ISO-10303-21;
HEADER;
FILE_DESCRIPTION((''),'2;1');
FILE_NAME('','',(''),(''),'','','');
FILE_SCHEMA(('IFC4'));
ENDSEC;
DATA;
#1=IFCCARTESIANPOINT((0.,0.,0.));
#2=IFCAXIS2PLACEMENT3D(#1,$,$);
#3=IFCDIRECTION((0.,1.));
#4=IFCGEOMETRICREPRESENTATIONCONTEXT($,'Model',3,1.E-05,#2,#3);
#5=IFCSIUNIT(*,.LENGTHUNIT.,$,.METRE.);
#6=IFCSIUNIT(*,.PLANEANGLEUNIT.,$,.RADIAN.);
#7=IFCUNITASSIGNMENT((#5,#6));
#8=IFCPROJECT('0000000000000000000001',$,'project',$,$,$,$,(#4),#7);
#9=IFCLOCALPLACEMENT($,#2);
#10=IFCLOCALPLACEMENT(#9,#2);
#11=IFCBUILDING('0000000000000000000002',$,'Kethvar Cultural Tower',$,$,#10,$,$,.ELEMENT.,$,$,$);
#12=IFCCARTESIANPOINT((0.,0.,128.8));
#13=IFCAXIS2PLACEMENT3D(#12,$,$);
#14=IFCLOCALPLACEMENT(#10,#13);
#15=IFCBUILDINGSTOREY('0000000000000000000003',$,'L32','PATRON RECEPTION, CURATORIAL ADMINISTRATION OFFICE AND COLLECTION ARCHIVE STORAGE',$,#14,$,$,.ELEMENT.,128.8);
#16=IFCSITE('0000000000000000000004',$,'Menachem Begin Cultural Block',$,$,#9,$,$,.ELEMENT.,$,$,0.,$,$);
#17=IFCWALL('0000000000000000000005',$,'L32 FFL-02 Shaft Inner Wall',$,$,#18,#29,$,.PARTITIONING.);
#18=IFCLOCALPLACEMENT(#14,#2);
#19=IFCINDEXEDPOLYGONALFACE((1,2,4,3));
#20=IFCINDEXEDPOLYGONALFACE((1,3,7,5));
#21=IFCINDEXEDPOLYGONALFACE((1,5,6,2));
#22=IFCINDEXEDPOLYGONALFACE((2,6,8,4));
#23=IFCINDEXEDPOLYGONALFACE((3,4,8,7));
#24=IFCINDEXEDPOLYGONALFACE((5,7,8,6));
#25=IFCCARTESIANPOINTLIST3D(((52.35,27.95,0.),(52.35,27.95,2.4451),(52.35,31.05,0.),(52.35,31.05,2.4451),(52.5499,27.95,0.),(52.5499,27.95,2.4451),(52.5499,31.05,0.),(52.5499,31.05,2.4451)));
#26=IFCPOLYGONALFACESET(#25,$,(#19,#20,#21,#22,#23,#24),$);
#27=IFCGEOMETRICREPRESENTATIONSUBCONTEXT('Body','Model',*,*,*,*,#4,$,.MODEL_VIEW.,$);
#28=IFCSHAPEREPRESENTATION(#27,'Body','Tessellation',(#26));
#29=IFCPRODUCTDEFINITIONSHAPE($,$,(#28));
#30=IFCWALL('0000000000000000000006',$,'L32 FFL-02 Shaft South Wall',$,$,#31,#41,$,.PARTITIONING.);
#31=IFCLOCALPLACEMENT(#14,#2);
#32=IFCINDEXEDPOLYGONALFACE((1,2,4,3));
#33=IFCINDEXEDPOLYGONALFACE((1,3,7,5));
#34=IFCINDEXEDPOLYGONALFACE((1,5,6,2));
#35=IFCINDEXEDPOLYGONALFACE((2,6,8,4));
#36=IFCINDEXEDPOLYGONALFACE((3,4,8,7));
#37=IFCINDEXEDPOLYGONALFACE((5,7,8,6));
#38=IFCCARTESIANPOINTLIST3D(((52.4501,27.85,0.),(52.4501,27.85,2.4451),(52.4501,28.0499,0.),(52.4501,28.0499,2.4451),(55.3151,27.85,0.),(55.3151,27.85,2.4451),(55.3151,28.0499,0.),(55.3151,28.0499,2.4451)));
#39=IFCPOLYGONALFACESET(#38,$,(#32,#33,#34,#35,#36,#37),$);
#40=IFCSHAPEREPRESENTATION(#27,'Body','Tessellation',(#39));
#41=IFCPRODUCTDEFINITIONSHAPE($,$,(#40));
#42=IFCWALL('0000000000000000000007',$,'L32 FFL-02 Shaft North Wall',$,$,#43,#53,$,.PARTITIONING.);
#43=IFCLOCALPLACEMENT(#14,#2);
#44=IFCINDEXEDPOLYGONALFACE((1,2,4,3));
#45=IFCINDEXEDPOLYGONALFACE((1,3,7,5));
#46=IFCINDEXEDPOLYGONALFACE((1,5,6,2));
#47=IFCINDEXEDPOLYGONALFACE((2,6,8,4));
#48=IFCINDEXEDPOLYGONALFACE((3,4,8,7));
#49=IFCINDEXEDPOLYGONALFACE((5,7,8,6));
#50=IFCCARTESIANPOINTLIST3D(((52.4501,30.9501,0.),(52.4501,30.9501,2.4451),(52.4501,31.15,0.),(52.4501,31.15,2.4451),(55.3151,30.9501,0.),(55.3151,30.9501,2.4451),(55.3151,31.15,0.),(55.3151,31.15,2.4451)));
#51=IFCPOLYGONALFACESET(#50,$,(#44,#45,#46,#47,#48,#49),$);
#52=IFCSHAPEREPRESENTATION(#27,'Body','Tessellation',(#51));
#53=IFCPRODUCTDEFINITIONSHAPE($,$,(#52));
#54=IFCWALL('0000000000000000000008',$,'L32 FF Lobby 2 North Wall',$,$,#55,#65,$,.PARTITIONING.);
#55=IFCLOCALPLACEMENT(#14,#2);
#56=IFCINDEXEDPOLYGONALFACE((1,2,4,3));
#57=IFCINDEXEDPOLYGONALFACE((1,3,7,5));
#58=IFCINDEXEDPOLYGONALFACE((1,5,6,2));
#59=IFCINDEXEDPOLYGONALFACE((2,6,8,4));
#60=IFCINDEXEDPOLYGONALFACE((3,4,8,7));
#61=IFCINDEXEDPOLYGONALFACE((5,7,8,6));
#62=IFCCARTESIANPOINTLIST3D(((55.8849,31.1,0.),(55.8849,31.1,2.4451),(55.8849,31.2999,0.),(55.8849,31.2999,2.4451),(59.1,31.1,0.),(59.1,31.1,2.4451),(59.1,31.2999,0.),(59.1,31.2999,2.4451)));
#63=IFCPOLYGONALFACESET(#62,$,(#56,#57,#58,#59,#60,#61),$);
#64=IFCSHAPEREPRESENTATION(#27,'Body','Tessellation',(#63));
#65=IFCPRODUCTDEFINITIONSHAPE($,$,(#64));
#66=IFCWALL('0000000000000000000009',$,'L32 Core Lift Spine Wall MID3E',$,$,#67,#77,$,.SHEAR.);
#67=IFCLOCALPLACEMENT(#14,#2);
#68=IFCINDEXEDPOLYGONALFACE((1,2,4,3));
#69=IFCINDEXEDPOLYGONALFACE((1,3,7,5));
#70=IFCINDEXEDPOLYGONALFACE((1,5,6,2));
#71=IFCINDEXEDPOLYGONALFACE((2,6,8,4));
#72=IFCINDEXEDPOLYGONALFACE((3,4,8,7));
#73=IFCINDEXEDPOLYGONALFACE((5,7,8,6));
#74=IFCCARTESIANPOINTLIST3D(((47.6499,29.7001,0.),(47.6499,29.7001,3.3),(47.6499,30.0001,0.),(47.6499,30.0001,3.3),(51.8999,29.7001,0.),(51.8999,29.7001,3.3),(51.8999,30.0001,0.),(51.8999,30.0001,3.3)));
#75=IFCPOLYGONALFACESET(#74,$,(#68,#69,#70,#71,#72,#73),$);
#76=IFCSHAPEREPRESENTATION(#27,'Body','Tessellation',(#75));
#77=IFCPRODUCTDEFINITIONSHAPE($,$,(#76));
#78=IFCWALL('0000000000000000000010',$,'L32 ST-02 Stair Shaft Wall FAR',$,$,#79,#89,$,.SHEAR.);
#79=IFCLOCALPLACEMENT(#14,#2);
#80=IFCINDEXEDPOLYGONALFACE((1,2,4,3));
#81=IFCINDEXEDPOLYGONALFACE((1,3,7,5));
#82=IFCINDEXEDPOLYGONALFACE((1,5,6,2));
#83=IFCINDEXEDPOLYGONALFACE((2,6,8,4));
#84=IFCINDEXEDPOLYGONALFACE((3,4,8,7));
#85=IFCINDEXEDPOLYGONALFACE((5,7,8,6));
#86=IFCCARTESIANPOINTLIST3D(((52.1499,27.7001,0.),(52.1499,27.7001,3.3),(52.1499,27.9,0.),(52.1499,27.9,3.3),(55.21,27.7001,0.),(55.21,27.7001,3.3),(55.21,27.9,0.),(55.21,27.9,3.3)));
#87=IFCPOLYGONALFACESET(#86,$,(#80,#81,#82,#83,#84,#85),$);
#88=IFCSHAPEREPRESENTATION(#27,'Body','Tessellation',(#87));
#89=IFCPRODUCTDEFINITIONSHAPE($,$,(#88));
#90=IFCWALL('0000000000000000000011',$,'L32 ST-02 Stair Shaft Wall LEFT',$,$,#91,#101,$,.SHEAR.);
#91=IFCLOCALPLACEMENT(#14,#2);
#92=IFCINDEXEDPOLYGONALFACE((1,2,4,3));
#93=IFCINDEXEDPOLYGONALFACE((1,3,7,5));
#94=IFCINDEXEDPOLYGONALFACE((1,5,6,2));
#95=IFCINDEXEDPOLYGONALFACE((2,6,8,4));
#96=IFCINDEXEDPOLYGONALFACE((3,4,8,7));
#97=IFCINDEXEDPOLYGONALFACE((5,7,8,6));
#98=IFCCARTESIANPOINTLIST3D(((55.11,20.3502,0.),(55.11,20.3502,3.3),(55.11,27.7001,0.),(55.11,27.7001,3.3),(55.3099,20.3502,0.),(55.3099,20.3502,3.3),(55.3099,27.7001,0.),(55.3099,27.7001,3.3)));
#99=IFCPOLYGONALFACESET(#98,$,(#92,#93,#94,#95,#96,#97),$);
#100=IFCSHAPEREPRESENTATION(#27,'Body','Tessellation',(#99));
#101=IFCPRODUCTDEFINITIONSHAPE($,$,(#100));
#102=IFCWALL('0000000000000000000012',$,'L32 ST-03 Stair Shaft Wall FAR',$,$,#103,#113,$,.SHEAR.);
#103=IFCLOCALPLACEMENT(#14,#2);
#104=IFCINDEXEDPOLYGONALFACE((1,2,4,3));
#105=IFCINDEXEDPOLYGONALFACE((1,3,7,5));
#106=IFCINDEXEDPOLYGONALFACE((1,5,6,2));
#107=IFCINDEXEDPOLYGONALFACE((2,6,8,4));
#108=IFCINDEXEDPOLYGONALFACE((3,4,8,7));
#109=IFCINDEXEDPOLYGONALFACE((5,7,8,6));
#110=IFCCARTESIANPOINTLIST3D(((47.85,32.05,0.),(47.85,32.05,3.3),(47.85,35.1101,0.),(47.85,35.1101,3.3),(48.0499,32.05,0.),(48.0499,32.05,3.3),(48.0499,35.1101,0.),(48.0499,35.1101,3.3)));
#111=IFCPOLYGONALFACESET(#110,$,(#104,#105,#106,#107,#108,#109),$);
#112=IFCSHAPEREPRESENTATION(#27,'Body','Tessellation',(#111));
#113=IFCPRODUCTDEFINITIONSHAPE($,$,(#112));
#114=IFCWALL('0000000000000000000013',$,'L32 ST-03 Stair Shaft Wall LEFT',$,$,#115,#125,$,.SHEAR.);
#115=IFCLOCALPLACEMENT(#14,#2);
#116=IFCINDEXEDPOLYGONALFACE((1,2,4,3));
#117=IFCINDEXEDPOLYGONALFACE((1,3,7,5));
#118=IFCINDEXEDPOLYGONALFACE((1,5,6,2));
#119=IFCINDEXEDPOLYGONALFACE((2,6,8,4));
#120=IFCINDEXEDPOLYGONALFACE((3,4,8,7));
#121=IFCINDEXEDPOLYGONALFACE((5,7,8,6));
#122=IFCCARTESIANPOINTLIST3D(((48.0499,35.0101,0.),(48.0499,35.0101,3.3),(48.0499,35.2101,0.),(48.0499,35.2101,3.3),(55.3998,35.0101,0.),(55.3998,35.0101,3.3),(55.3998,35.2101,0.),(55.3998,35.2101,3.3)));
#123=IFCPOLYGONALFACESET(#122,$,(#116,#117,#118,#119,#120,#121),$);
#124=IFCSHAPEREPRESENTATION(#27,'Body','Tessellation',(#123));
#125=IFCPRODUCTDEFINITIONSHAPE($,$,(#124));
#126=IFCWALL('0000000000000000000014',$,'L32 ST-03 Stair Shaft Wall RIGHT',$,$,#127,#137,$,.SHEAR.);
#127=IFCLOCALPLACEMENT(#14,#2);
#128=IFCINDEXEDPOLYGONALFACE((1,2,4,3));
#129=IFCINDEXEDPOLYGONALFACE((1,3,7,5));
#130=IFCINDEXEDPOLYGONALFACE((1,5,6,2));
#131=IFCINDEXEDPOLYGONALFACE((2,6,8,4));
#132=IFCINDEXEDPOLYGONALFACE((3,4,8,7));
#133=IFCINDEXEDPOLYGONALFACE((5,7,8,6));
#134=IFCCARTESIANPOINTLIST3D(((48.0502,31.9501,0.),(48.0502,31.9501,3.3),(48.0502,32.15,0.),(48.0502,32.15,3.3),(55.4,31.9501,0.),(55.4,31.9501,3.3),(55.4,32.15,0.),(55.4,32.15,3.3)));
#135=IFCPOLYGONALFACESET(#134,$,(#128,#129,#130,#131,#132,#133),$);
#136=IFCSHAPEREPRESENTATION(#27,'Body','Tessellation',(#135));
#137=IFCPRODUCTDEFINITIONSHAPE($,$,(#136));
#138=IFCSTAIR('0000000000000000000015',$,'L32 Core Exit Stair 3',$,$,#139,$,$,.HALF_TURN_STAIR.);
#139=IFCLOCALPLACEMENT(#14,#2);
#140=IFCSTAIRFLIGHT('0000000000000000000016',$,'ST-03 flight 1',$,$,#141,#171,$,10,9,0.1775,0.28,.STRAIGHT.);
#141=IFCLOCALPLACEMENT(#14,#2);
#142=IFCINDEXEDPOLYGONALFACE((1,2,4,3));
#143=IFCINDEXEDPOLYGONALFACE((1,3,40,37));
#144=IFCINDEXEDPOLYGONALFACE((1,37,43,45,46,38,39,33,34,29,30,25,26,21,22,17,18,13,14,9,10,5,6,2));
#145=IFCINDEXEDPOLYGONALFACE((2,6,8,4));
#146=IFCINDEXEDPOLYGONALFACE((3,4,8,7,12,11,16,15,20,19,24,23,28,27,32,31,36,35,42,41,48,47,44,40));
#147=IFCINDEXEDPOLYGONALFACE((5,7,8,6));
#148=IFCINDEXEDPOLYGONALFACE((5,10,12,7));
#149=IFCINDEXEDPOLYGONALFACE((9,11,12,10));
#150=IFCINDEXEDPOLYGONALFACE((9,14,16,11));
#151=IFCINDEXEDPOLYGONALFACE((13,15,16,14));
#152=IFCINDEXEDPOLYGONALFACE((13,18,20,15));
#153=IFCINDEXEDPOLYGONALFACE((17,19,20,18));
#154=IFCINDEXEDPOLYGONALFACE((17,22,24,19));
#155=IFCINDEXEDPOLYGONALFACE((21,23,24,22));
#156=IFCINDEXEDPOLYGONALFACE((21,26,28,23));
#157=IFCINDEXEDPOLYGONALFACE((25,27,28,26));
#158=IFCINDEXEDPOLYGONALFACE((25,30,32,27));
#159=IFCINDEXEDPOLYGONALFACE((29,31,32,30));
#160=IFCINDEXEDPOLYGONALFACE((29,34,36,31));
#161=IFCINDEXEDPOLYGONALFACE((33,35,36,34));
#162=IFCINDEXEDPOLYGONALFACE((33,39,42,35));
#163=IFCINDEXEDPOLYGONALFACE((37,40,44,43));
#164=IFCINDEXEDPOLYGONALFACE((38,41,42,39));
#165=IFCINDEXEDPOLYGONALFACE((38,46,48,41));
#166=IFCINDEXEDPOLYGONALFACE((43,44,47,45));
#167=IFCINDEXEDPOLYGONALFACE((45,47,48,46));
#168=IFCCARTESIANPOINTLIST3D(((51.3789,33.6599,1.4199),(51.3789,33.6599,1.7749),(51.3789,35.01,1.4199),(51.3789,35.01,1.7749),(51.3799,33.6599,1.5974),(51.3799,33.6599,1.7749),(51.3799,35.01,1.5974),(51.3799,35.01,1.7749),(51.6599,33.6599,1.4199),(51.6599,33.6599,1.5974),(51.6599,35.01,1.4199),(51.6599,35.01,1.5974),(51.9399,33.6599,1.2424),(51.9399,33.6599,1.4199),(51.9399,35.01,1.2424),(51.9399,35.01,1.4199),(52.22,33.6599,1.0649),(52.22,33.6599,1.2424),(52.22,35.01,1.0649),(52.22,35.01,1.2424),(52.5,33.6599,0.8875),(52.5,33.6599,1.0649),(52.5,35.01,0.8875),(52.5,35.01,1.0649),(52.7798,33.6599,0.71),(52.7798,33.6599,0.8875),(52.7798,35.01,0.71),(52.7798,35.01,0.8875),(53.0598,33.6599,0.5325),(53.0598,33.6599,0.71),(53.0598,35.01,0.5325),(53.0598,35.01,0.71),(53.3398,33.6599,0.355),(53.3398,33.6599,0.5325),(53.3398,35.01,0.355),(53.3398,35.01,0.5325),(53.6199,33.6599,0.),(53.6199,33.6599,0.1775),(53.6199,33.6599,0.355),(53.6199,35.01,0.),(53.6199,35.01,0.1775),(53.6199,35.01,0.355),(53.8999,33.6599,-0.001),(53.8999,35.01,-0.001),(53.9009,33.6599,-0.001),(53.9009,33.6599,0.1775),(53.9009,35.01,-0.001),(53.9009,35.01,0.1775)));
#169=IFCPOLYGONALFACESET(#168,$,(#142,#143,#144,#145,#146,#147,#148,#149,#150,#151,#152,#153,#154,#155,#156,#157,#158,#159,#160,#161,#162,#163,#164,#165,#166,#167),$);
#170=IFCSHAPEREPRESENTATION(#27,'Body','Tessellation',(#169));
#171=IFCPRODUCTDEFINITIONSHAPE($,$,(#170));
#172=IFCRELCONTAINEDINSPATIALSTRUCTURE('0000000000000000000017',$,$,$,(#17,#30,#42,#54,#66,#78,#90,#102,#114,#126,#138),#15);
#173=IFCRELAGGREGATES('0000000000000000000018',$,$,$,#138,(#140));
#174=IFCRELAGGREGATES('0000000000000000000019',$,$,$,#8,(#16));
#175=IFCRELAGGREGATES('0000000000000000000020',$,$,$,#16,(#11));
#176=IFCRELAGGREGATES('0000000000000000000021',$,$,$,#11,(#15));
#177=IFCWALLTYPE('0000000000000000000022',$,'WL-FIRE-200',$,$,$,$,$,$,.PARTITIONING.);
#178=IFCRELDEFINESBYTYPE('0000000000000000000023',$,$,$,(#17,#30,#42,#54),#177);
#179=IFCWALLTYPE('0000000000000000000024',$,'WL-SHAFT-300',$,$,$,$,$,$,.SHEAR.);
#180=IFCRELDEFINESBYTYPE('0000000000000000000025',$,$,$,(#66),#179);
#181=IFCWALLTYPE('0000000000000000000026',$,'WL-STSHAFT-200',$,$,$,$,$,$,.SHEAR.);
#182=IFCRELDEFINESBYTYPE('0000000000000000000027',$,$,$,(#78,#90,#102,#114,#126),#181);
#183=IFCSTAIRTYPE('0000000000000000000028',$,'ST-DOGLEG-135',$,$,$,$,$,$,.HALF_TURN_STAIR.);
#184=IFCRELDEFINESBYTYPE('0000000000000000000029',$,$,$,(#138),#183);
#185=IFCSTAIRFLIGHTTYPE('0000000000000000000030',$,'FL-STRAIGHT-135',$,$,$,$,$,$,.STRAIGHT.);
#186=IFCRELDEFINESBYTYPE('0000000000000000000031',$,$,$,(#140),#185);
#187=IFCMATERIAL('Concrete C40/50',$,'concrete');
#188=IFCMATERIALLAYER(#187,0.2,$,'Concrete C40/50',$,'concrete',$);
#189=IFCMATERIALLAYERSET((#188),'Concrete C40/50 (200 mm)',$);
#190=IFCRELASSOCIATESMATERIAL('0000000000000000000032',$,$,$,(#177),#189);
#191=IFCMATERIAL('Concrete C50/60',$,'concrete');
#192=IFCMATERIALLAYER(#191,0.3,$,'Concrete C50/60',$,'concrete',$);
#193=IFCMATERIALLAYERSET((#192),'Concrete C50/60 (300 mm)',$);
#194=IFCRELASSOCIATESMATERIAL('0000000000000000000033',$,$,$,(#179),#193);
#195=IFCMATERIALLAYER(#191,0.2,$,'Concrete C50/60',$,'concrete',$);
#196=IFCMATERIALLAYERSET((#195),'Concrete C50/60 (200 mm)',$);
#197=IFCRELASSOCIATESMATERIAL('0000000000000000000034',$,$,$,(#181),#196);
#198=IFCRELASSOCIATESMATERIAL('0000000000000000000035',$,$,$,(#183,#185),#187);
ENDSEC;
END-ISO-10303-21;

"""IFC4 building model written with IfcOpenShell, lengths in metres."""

from ifc_helpers import new_model, si_unit, direction, frame, frame_2d, origin, place, context, subcontext, project, spatial, polyline, rectangle, outline, extrude, material, layer, layer_set, type_object, element, aggregate, save


model = new_model("IFC4")

# Units and contexts
model_context = context("Model", 3, precision=1e-05, world=origin(), true_north=direction((0.0, 1.0)))
body_context = subcontext(model_context, "Body", "Model", "MODEL_VIEW")
ifc_project = project(units=[si_unit("LENGTHUNIT", "METRE"), si_unit("PLANEANGLEUNIT", "RADIAN")], contexts=[model_context])

# Site, building, storey
site_placement = place(None, origin())
site = spatial("IfcSite", under=ifc_project, at=site_placement, Name="Menachem Begin Cultural Block", CompositionType="ELEMENT", RefElevation=0.0)
building_placement = place(site_placement, origin())
building = spatial("IfcBuilding", under=site, at=building_placement, Name="Kethvar Cultural Tower", CompositionType="ELEMENT")
storey_placement = place(building_placement, frame((0.0, 0.0, 128.8)))
storey = spatial("IfcBuildingStorey", under=building, at=storey_placement, Name="L32", Description="PATRON RECEPTION, CURATORIAL ADMINISTRATION OFFICE AND COLLECTION ARCHIVE STORAGE", CompositionType="ELEMENT", Elevation=128.8)

# Walls
ifc_material_1 = material(Name="Concrete C40/50", Category="concrete")
ifc_layer_1 = layer(ifc_material_1, 0.2, Name="Concrete C40/50", Category="concrete")
ifc_layer_set_1 = layer_set([ifc_layer_1], Name="Concrete C40/50 (200 mm)")
wall_type_1 = type_object("IfcWallType", Name="WL-FIRE-200", PredefinedType="PARTITIONING", material=ifc_layer_set_1)
wall_1_placement = place(storey_placement, frame((52.45, 27.95, 0.0), z_axis=(0.0, 0.0, 1.0), x_axis=(0.0, 1.0, 0.0)))
element("IfcWall", 1, at=wall_1_placement, inside=storey, type_object=wall_type_1, Name="L32 FFL-02 Shaft Inner Wall", PredefinedType="PARTITIONING", context=body_context, shape_type="SweptSolid", body=[
    extrude(rectangle(XDim=3.1001, YDim=0.2, at=frame_2d((1.55, 0.0))), origin(), (0.0, 0.0, 1.0), 2.4451),
])
for number, where, z_axis, x_axis, name in (
    (2, (52.45, 27.95, 0.0), (0.0, 0.0, 1.0), (1.0, 0.0, 0.0), "L32 FFL-02 Shaft South Wall"),
    (3, (52.45, 31.05, 0.0), (0.0, 0.0, 1.0), (1.0, 0.0, 0.0), "L32 FFL-02 Shaft North Wall"),
):
    element("IfcWall", number, at=place(storey_placement, frame(where, z_axis=z_axis, x_axis=x_axis)), inside=storey, type_object=wall_type_1, Name=name, PredefinedType="PARTITIONING", context=body_context, shape_type="SweptSolid", body=[
        extrude(rectangle(XDim=2.865, YDim=0.2, at=frame_2d((1.4326, 0.0))), origin(), (0.0, 0.0, 1.0), 2.4451),
    ])
wall_2_placement = place(storey_placement, frame((55.885, 31.2, 0.0), z_axis=(0.0, 0.0, 1.0), x_axis=(1.0, 0.0, 0.0)))
element("IfcWall", 4, at=wall_2_placement, inside=storey, type_object=wall_type_1, Name="L32 FF Lobby 2 North Wall", PredefinedType="PARTITIONING", context=body_context, shape_type="SweptSolid", body=[
    extrude(rectangle(XDim=3.2151, YDim=0.2, at=frame_2d((1.6074, 0.0))), origin(), (0.0, 0.0, 1.0), 2.4451),
])
ifc_material_2 = material(Name="Concrete C50/60", Category="concrete")
ifc_layer_2 = layer(ifc_material_2, 0.3, Name="Concrete C50/60", Category="concrete")
ifc_layer_set_2 = layer_set([ifc_layer_2], Name="Concrete C50/60 (300 mm)")
wall_type_2 = type_object("IfcWallType", Name="WL-SHAFT-300", PredefinedType="SHEAR", material=ifc_layer_set_2)
wall_3_placement = place(storey_placement, frame((47.6499, 29.8501, 0.0), z_axis=(0.0, 0.0, 1.0), x_axis=(1.0, 0.0, 0.0)))
element("IfcWall", 5, at=wall_3_placement, inside=storey, type_object=wall_type_2, Name="L32 Core Lift Spine Wall MID3E", PredefinedType="SHEAR", context=body_context, shape_type="SweptSolid", body=[
    extrude(rectangle(XDim=4.25, YDim=0.3, at=frame_2d((2.125, 0.0))), origin(), (0.0, 0.0, 1.0), 3.3),
])
ifc_layer_3 = layer(ifc_material_2, 0.2, Name="Concrete C50/60", Category="concrete")
ifc_layer_set_3 = layer_set([ifc_layer_3], Name="Concrete C50/60 (200 mm)")
wall_type_3 = type_object("IfcWallType", Name="WL-STSHAFT-200", PredefinedType="SHEAR", material=ifc_layer_set_3)
wall_4_placement = place(storey_placement, frame((52.1499, 27.8, 0.0), z_axis=(0.0, 0.0, 1.0), x_axis=(1.0, 0.0, 0.0)))
element("IfcWall", 6, at=wall_4_placement, inside=storey, type_object=wall_type_3, Name="L32 ST-02 Stair Shaft Wall FAR", PredefinedType="SHEAR", context=body_context, shape_type="SweptSolid", body=[
    extrude(rectangle(XDim=3.0601, YDim=0.2, at=frame_2d((1.53, 0.0))), origin(), (0.0, 0.0, 1.0), 3.3),
])
wall_5_placement = place(storey_placement, frame((55.21, 27.7, 0.0), z_axis=(0.0, 0.0, 1.0), x_axis=(0.0, -1.0, 0.0)))
element("IfcWall", 7, at=wall_5_placement, inside=storey, type_object=wall_type_3, Name="L32 ST-02 Stair Shaft Wall LEFT", PredefinedType="SHEAR", context=body_context, shape_type="SweptSolid", body=[
    extrude(rectangle(XDim=7.3499, YDim=0.2, at=frame_2d((3.6748, 0.0))), origin(), (0.0, 0.0, 1.0), 3.3),
])
wall_6_placement = place(storey_placement, frame((47.95, 32.05, 0.0), z_axis=(0.0, 0.0, 1.0), x_axis=(0.0, 1.0, 0.0)))
element("IfcWall", 8, at=wall_6_placement, inside=storey, type_object=wall_type_3, Name="L32 ST-03 Stair Shaft Wall FAR", PredefinedType="SHEAR", context=body_context, shape_type="SweptSolid", body=[
    extrude(rectangle(XDim=3.0601, YDim=0.2, at=frame_2d((1.53, 0.0))), origin(), (0.0, 0.0, 1.0), 3.3),
])
for number, where, z_axis, x_axis, name in (
    (9, (48.05, 35.1101, 0.0), (0.0, 0.0, 1.0), (1.0, 0.0, 0.0), "L32 ST-03 Stair Shaft Wall LEFT"),
    (10, (55.3999, 32.05, 0.0), (0.0, 0.0, 1.0), (-1.0, 0.0, 0.0), "L32 ST-03 Stair Shaft Wall RIGHT"),
):
    element("IfcWall", number, at=place(storey_placement, frame(where, z_axis=z_axis, x_axis=x_axis)), inside=storey, type_object=wall_type_3, Name=name, PredefinedType="SHEAR", context=body_context, shape_type="SweptSolid", body=[
        extrude(rectangle(XDim=7.3499, YDim=0.2, at=frame_2d((3.6748, 0.0))), origin(), (0.0, 0.0, 1.0), 3.3),
    ])

# Stair, stair flight
stair_type = type_object("IfcStairType", Name="ST-DOGLEG-135", PredefinedType="HALF_TURN_STAIR", material=ifc_material_1)
stair_placement = place(storey_placement, origin())
stair = element("IfcStair", 11, at=stair_placement, inside=storey, type_object=stair_type, Name="L32 Core Exit Stair 3", PredefinedType="HALF_TURN_STAIR")
stair_flight_type = type_object("IfcStairFlightType", Name="FL-STRAIGHT-135", PredefinedType="STRAIGHT", material=ifc_material_1)
stair_flight_1_placement = place(storey_placement, frame((53.8999, 34.335, 0.0), z_axis=(0.0, 0.0, 1.0), x_axis=(-1.0, 0.0, 0.0)))
stair_flight_1 = element("IfcStairFlight", 12, at=stair_flight_1_placement, type_object=stair_flight_type, Name="ST-03 flight 1", NumberOfRisers=10, NumberOfTreads=9, PredefinedType="STRAIGHT", RiserHeight=0.1775, TreadLength=0.28, context=body_context, shape_type="SweptSolid", body=[
    extrude(outline(polyline([(-0.001, -0.001), (-0.001, 0.1775), (0.28, 0.1775), (0.28, 0.355), (0.5601, 0.355), (0.5601, 0.5325), (0.8401, 0.5325), (0.8401, 0.71), (1.1201, 0.71), (1.1201, 0.8875), (1.3999, 0.8875), (1.3999, 1.0649), (1.6799, 1.0649), (1.6799, 1.2424), (1.96, 1.2424), (1.96, 1.4199), (2.24, 1.4199), (2.24, 1.5974), (2.52, 1.5974), (2.52, 1.7749), (2.521, 1.7749), (2.521, 1.4199), (0.28, 0.0), (0.0, -0.001), (-0.001, -0.001)])), frame((0.0, 0.675, 0.0), z_axis=(0.0, -1.0, 0.0), x_axis=(1.0, 0.0, 0.0)), (0.0, 0.0, 1.0), 1.3501),
])
aggregate(stair, [stair_flight_1])

save(model, "model.ifc")
